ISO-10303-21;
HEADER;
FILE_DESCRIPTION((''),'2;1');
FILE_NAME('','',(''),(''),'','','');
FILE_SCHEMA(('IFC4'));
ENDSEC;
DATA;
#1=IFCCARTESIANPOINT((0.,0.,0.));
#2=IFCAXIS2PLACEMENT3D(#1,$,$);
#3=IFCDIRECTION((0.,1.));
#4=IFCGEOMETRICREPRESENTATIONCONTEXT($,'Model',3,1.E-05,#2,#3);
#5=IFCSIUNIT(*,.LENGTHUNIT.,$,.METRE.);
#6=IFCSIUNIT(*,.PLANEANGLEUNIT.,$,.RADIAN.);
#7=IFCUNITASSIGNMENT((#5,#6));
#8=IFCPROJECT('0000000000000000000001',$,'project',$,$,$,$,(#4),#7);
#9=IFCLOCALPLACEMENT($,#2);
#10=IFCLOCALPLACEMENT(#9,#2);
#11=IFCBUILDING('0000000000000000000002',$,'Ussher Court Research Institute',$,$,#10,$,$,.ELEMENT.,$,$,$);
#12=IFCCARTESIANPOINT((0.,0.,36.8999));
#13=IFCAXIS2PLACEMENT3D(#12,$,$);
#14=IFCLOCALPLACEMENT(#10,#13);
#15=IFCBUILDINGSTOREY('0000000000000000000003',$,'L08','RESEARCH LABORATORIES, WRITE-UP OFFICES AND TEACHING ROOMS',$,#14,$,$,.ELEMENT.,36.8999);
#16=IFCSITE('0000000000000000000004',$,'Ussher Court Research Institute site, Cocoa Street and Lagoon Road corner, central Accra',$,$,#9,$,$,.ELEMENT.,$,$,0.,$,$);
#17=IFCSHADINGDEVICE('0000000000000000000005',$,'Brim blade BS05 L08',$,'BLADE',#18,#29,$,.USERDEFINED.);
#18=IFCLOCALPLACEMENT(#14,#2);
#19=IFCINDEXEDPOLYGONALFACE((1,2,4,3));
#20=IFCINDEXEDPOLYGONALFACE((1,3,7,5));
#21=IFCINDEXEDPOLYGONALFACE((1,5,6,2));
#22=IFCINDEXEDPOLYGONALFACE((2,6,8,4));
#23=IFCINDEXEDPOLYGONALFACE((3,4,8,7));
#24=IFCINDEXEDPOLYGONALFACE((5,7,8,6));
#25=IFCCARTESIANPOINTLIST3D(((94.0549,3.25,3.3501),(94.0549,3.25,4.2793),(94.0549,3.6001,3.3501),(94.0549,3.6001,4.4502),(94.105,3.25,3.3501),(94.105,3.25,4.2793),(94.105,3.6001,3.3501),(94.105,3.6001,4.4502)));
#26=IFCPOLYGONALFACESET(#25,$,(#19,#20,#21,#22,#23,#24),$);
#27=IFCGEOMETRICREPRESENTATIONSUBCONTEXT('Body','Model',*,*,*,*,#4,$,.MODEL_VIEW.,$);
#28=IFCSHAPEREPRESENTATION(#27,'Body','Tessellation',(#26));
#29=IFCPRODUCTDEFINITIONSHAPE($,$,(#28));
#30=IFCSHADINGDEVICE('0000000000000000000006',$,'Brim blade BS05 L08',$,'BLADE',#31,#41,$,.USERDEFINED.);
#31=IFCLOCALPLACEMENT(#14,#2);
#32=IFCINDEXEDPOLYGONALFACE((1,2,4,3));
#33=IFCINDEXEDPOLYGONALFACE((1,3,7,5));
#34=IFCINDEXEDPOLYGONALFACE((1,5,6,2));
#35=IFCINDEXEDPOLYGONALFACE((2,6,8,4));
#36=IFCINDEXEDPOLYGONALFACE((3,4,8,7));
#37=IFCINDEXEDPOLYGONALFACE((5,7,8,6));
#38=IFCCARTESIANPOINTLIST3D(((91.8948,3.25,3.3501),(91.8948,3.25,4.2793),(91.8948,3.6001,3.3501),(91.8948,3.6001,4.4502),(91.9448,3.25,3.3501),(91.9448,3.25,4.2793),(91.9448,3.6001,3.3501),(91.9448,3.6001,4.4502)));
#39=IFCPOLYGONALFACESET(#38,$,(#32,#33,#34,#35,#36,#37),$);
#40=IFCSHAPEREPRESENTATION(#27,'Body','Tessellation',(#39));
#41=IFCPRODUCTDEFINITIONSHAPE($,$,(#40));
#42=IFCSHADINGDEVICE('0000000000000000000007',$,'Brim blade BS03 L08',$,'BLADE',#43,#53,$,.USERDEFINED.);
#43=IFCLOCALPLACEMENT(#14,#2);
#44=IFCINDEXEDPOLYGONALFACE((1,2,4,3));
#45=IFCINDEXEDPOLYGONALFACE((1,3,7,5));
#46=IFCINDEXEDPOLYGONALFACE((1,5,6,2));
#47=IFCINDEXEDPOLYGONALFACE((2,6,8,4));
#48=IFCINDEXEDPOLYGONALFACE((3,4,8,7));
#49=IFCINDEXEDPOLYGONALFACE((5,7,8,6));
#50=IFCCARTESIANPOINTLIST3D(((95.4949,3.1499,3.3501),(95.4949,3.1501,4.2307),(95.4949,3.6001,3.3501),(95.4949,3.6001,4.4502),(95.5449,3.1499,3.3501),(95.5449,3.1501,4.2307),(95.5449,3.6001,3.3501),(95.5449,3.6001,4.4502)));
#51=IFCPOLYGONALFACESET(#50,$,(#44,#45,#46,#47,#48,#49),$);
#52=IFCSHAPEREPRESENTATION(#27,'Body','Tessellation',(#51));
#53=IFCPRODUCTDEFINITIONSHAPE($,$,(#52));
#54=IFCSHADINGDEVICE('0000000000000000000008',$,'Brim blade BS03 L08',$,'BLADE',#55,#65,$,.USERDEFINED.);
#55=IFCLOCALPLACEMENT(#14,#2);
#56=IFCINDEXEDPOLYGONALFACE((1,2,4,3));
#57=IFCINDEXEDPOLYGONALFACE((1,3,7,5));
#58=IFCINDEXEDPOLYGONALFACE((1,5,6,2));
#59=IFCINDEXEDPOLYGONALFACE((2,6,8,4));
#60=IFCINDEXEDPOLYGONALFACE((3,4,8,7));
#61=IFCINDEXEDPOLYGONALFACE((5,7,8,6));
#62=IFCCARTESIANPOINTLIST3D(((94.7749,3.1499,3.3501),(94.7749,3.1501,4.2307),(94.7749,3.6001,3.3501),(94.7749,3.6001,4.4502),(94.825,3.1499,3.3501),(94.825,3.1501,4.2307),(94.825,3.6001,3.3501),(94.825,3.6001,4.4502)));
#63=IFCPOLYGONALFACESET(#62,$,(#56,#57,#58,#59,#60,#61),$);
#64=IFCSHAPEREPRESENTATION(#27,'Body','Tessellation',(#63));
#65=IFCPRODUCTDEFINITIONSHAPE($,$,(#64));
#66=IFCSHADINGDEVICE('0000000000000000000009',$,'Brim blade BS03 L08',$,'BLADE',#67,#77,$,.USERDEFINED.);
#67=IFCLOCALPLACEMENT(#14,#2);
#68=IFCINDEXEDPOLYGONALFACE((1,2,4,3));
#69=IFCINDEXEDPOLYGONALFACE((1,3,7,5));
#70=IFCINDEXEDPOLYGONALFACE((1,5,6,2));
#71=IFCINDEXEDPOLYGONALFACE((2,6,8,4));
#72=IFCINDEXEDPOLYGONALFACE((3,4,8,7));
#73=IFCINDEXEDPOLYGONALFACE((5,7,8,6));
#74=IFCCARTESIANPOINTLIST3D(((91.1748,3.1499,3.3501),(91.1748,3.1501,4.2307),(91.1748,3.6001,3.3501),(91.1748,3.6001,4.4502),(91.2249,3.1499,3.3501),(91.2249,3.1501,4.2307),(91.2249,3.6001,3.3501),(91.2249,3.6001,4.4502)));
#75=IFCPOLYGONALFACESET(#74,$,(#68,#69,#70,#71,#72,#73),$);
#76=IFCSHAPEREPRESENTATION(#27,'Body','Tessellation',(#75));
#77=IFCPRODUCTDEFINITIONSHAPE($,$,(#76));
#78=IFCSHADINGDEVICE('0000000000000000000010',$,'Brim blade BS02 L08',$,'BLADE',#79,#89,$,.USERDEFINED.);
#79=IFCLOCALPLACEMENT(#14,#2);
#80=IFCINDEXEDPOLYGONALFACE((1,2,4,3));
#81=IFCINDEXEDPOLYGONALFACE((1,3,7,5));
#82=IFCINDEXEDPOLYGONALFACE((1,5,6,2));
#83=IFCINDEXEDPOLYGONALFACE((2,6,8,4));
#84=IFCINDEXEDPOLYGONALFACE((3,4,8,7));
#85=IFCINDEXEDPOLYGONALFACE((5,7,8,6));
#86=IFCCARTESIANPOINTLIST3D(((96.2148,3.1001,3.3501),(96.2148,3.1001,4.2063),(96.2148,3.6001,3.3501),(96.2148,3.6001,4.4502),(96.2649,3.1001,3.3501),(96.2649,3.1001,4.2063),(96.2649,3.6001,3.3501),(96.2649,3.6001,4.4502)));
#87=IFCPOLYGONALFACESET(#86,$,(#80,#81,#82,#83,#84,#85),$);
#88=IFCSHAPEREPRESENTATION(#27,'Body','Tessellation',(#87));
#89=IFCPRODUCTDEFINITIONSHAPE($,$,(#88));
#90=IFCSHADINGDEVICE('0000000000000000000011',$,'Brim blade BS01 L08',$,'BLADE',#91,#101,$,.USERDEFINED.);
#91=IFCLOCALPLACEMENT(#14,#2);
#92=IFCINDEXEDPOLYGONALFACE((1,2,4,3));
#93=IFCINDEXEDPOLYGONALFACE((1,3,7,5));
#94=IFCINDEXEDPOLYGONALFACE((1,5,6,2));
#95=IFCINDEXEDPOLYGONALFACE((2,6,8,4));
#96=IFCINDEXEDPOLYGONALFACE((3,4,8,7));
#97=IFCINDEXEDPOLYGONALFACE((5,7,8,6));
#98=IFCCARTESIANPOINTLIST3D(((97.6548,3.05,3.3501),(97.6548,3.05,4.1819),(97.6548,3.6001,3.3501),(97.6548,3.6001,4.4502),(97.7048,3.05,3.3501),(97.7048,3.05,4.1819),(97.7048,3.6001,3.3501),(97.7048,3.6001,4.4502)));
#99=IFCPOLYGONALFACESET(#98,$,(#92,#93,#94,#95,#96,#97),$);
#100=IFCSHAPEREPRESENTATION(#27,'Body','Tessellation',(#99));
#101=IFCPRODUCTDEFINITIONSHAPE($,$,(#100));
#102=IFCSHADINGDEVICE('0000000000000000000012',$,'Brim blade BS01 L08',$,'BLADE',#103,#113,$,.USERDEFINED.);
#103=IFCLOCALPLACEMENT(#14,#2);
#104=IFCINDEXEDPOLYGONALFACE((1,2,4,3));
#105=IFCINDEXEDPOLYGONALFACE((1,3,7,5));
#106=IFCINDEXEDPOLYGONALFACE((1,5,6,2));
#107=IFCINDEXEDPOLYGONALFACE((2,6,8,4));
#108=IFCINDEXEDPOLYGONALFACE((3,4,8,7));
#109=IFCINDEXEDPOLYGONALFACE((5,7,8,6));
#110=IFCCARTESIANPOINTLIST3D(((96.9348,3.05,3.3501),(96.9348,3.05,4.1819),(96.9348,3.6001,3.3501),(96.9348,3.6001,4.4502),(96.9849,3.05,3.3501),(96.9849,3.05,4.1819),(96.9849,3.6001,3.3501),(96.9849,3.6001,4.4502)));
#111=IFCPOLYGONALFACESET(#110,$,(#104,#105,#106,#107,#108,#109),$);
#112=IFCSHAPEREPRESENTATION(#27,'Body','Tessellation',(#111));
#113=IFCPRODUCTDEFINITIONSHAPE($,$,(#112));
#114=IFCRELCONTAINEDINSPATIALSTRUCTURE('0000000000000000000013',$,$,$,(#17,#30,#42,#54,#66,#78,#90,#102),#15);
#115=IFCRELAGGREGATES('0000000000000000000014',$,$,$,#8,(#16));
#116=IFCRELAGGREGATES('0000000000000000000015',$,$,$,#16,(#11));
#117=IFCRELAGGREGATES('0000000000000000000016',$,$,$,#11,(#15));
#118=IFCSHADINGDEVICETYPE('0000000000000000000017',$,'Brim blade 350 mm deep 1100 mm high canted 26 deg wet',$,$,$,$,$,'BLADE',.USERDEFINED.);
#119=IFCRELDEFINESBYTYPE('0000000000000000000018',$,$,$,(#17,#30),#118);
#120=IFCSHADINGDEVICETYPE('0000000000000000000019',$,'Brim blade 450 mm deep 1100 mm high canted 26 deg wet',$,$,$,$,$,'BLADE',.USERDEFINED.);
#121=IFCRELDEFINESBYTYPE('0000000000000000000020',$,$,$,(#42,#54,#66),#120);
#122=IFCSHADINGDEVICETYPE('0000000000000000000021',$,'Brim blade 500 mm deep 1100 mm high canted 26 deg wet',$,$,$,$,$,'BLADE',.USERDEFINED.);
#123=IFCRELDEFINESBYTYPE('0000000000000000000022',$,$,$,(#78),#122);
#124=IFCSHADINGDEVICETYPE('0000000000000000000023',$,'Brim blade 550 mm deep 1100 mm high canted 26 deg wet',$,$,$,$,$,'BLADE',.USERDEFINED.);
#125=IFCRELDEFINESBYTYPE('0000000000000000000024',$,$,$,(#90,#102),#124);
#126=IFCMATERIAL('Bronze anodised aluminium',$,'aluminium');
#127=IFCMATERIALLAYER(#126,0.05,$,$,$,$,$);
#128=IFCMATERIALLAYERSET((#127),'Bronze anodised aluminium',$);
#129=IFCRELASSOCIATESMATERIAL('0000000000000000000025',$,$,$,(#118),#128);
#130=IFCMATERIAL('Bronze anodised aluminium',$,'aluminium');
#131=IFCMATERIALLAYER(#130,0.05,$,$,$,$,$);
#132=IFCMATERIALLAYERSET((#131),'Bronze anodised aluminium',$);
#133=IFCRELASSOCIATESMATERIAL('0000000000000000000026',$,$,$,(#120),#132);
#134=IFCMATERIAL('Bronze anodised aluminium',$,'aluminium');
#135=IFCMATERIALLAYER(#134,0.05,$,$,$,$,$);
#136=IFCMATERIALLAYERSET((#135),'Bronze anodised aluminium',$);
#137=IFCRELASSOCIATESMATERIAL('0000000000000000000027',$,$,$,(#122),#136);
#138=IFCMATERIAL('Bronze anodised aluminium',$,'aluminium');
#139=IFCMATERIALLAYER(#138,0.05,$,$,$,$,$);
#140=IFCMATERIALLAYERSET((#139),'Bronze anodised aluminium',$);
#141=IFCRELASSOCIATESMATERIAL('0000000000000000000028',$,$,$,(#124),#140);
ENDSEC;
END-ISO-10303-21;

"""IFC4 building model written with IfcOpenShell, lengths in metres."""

from ifc_helpers import new_model, si_unit, direction, frame, origin, place, context, subcontext, project, spatial, polyline, outline, extrude, material, layer, layer_set, type_object, element, save


model = new_model("IFC4")

# Units and contexts
model_context = context("Model", 3, precision=1e-05, world=origin(), true_north=direction((0.0, 1.0)))
body_context = subcontext(model_context, "Body", "Model", "MODEL_VIEW")
ifc_project = project(units=[si_unit("LENGTHUNIT", "METRE"), si_unit("PLANEANGLEUNIT", "RADIAN")], contexts=[model_context])

# Site, building, storey
site_placement = place(None, origin())
site = spatial("IfcSite", under=ifc_project, at=site_placement, Name="Ussher Court Research Institute site, Cocoa Street and Lagoon Road corner, central Accra", CompositionType="ELEMENT", RefElevation=0.0)
building_placement = place(site_placement, origin())
building = spatial("IfcBuilding", under=site, at=building_placement, Name="Ussher Court Research Institute", CompositionType="ELEMENT")
storey_placement = place(building_placement, frame((0.0, 0.0, 36.8999)))
storey = spatial("IfcBuildingStorey", under=building, at=storey_placement, Name="L08", Description="RESEARCH LABORATORIES, WRITE-UP OFFICES AND TEACHING ROOMS", CompositionType="ELEMENT", Elevation=36.8999)

# Shading devices
ifc_material_1 = material(Name="Bronze anodised aluminium", Category="aluminium")
ifc_layer_1 = layer(ifc_material_1, 0.05)
ifc_layer_set_1 = layer_set([ifc_layer_1], Name="Bronze anodised aluminium")
shading_device_type_1 = type_object("IfcShadingDeviceType", Name="Brim blade 350 mm deep 1100 mm high canted 26 deg wet", ElementType="BLADE", PredefinedType="USERDEFINED", material=ifc_layer_set_1)
for number, where, z_axis, x_axis, name in (
    (1, (94.0801, 3.6001, 3.3501), (0.0, 0.0, 1.0), (0.0, -1.0, 0.0), "Brim blade BS05 L08"),
    (2, (91.9199, 3.6001, 3.3501), (0.0, 0.0, 1.0), (0.0, -1.0, 0.0), "Brim blade BS05 L08"),
):
    element("IfcShadingDevice", number, at=place(storey_placement, frame(where, z_axis=z_axis, x_axis=x_axis)), inside=storey, type_object=shading_device_type_1, Name=name, ObjectType="BLADE", PredefinedType="USERDEFINED", context=body_context, shape_type="SweptSolid", body=[
        extrude(outline(polyline([(0.0, 0.0), (0.3501, 0.0), (0.3501, 0.9292), (0.0, 1.1001), (0.0, 0.0)])), frame((0.0, 0.0249, 0.0), z_axis=(0.0, -1.0, 0.0), x_axis=(1.0, 0.0, 0.0)), (0.0, 0.0, 1.0), 0.05),
    ])
ifc_material_2 = material(Name="Bronze anodised aluminium", Category="aluminium")
ifc_layer_2 = layer(ifc_material_2, 0.05)
ifc_layer_set_2 = layer_set([ifc_layer_2], Name="Bronze anodised aluminium")
shading_device_type_2 = type_object("IfcShadingDeviceType", Name="Brim blade 450 mm deep 1100 mm high canted 26 deg wet", ElementType="BLADE", PredefinedType="USERDEFINED", material=ifc_layer_set_2)
for number, where, z_axis, x_axis, name in (
    (3, (95.52, 3.6001, 3.3501), (0.0, 0.0, 1.0), (0.0, -1.0, 0.0), "Brim blade BS03 L08"),
    (4, (94.8, 3.6001, 3.3501), (0.0, 0.0, 1.0), (0.0, -1.0, 0.0), "Brim blade BS03 L08"),
    (5, (91.2, 3.6001, 3.3501), (0.0, 0.0, 1.0), (0.0, -1.0, 0.0), "Brim blade BS03 L08"),
):
    element("IfcShadingDevice", number, at=place(storey_placement, frame(where, z_axis=z_axis, x_axis=x_axis)), inside=storey, type_object=shading_device_type_2, Name=name, ObjectType="BLADE", PredefinedType="USERDEFINED", context=body_context, shape_type="SweptSolid", body=[
        extrude(outline(polyline([(0.0, 0.0), (0.4502, 0.0), (0.45, 0.8806), (0.0, 1.1001), (0.0, 0.0)])), frame((0.0, 0.0249, 0.0), z_axis=(0.0, -1.0, 0.0), x_axis=(1.0, 0.0, 0.0)), (0.0, 0.0, 1.0), 0.05),
    ])
ifc_material_3 = material(Name="Bronze anodised aluminium", Category="aluminium")
ifc_layer_3 = layer(ifc_material_3, 0.05)
ifc_layer_set_3 = layer_set([ifc_layer_3], Name="Bronze anodised aluminium")
shading_device_type_3 = type_object("IfcShadingDeviceType", Name="Brim blade 500 mm deep 1100 mm high canted 26 deg wet", ElementType="BLADE", PredefinedType="USERDEFINED", material=ifc_layer_set_3)
shading_device_1_placement = place(storey_placement, frame((96.24, 3.6001, 3.3501), z_axis=(0.0, 0.0, 1.0), x_axis=(0.0, -1.0, 0.0)))
element("IfcShadingDevice", 6, at=shading_device_1_placement, inside=storey, type_object=shading_device_type_3, Name="Brim blade BS02 L08", ObjectType="BLADE", PredefinedType="USERDEFINED", context=body_context, shape_type="SweptSolid", body=[
    extrude(outline(polyline([(0.0, 0.0), (0.5, 0.0), (0.5, 0.8562), (0.0, 1.1001), (0.0, 0.0)])), frame((0.0, 0.0249, 0.0), z_axis=(0.0, -1.0, 0.0), x_axis=(1.0, 0.0, 0.0)), (0.0, 0.0, 1.0), 0.05),
])
ifc_material_4 = material(Name="Bronze anodised aluminium", Category="aluminium")
ifc_layer_4 = layer(ifc_material_4, 0.05)
ifc_layer_set_4 = layer_set([ifc_layer_4], Name="Bronze anodised aluminium")
shading_device_type_4 = type_object("IfcShadingDeviceType", Name="Brim blade 550 mm deep 1100 mm high canted 26 deg wet", ElementType="BLADE", PredefinedType="USERDEFINED", material=ifc_layer_set_4)
for number, where, z_axis, x_axis, name in (
    (7, (97.6799, 3.6001, 3.3501), (0.0, 0.0, 1.0), (0.0, -1.0, 0.0), "Brim blade BS01 L08"),
    (8, (96.96, 3.6001, 3.3501), (0.0, 0.0, 1.0), (0.0, -1.0, 0.0), "Brim blade BS01 L08"),
):
    element("IfcShadingDevice", number, at=place(storey_placement, frame(where, z_axis=z_axis, x_axis=x_axis)), inside=storey, type_object=shading_device_type_4, Name=name, ObjectType="BLADE", PredefinedType="USERDEFINED", context=body_context, shape_type="SweptSolid", body=[
        extrude(outline(polyline([(0.0, 0.0), (0.55, 0.0), (0.55, 0.8318), (0.0, 1.1001), (0.0, 0.0)])), frame((0.0, 0.0249, 0.0), z_axis=(0.0, -1.0, 0.0), x_axis=(1.0, 0.0, 0.0)), (0.0, 0.0, 1.0), 0.05),
    ])

save(model, "model.ifc")
